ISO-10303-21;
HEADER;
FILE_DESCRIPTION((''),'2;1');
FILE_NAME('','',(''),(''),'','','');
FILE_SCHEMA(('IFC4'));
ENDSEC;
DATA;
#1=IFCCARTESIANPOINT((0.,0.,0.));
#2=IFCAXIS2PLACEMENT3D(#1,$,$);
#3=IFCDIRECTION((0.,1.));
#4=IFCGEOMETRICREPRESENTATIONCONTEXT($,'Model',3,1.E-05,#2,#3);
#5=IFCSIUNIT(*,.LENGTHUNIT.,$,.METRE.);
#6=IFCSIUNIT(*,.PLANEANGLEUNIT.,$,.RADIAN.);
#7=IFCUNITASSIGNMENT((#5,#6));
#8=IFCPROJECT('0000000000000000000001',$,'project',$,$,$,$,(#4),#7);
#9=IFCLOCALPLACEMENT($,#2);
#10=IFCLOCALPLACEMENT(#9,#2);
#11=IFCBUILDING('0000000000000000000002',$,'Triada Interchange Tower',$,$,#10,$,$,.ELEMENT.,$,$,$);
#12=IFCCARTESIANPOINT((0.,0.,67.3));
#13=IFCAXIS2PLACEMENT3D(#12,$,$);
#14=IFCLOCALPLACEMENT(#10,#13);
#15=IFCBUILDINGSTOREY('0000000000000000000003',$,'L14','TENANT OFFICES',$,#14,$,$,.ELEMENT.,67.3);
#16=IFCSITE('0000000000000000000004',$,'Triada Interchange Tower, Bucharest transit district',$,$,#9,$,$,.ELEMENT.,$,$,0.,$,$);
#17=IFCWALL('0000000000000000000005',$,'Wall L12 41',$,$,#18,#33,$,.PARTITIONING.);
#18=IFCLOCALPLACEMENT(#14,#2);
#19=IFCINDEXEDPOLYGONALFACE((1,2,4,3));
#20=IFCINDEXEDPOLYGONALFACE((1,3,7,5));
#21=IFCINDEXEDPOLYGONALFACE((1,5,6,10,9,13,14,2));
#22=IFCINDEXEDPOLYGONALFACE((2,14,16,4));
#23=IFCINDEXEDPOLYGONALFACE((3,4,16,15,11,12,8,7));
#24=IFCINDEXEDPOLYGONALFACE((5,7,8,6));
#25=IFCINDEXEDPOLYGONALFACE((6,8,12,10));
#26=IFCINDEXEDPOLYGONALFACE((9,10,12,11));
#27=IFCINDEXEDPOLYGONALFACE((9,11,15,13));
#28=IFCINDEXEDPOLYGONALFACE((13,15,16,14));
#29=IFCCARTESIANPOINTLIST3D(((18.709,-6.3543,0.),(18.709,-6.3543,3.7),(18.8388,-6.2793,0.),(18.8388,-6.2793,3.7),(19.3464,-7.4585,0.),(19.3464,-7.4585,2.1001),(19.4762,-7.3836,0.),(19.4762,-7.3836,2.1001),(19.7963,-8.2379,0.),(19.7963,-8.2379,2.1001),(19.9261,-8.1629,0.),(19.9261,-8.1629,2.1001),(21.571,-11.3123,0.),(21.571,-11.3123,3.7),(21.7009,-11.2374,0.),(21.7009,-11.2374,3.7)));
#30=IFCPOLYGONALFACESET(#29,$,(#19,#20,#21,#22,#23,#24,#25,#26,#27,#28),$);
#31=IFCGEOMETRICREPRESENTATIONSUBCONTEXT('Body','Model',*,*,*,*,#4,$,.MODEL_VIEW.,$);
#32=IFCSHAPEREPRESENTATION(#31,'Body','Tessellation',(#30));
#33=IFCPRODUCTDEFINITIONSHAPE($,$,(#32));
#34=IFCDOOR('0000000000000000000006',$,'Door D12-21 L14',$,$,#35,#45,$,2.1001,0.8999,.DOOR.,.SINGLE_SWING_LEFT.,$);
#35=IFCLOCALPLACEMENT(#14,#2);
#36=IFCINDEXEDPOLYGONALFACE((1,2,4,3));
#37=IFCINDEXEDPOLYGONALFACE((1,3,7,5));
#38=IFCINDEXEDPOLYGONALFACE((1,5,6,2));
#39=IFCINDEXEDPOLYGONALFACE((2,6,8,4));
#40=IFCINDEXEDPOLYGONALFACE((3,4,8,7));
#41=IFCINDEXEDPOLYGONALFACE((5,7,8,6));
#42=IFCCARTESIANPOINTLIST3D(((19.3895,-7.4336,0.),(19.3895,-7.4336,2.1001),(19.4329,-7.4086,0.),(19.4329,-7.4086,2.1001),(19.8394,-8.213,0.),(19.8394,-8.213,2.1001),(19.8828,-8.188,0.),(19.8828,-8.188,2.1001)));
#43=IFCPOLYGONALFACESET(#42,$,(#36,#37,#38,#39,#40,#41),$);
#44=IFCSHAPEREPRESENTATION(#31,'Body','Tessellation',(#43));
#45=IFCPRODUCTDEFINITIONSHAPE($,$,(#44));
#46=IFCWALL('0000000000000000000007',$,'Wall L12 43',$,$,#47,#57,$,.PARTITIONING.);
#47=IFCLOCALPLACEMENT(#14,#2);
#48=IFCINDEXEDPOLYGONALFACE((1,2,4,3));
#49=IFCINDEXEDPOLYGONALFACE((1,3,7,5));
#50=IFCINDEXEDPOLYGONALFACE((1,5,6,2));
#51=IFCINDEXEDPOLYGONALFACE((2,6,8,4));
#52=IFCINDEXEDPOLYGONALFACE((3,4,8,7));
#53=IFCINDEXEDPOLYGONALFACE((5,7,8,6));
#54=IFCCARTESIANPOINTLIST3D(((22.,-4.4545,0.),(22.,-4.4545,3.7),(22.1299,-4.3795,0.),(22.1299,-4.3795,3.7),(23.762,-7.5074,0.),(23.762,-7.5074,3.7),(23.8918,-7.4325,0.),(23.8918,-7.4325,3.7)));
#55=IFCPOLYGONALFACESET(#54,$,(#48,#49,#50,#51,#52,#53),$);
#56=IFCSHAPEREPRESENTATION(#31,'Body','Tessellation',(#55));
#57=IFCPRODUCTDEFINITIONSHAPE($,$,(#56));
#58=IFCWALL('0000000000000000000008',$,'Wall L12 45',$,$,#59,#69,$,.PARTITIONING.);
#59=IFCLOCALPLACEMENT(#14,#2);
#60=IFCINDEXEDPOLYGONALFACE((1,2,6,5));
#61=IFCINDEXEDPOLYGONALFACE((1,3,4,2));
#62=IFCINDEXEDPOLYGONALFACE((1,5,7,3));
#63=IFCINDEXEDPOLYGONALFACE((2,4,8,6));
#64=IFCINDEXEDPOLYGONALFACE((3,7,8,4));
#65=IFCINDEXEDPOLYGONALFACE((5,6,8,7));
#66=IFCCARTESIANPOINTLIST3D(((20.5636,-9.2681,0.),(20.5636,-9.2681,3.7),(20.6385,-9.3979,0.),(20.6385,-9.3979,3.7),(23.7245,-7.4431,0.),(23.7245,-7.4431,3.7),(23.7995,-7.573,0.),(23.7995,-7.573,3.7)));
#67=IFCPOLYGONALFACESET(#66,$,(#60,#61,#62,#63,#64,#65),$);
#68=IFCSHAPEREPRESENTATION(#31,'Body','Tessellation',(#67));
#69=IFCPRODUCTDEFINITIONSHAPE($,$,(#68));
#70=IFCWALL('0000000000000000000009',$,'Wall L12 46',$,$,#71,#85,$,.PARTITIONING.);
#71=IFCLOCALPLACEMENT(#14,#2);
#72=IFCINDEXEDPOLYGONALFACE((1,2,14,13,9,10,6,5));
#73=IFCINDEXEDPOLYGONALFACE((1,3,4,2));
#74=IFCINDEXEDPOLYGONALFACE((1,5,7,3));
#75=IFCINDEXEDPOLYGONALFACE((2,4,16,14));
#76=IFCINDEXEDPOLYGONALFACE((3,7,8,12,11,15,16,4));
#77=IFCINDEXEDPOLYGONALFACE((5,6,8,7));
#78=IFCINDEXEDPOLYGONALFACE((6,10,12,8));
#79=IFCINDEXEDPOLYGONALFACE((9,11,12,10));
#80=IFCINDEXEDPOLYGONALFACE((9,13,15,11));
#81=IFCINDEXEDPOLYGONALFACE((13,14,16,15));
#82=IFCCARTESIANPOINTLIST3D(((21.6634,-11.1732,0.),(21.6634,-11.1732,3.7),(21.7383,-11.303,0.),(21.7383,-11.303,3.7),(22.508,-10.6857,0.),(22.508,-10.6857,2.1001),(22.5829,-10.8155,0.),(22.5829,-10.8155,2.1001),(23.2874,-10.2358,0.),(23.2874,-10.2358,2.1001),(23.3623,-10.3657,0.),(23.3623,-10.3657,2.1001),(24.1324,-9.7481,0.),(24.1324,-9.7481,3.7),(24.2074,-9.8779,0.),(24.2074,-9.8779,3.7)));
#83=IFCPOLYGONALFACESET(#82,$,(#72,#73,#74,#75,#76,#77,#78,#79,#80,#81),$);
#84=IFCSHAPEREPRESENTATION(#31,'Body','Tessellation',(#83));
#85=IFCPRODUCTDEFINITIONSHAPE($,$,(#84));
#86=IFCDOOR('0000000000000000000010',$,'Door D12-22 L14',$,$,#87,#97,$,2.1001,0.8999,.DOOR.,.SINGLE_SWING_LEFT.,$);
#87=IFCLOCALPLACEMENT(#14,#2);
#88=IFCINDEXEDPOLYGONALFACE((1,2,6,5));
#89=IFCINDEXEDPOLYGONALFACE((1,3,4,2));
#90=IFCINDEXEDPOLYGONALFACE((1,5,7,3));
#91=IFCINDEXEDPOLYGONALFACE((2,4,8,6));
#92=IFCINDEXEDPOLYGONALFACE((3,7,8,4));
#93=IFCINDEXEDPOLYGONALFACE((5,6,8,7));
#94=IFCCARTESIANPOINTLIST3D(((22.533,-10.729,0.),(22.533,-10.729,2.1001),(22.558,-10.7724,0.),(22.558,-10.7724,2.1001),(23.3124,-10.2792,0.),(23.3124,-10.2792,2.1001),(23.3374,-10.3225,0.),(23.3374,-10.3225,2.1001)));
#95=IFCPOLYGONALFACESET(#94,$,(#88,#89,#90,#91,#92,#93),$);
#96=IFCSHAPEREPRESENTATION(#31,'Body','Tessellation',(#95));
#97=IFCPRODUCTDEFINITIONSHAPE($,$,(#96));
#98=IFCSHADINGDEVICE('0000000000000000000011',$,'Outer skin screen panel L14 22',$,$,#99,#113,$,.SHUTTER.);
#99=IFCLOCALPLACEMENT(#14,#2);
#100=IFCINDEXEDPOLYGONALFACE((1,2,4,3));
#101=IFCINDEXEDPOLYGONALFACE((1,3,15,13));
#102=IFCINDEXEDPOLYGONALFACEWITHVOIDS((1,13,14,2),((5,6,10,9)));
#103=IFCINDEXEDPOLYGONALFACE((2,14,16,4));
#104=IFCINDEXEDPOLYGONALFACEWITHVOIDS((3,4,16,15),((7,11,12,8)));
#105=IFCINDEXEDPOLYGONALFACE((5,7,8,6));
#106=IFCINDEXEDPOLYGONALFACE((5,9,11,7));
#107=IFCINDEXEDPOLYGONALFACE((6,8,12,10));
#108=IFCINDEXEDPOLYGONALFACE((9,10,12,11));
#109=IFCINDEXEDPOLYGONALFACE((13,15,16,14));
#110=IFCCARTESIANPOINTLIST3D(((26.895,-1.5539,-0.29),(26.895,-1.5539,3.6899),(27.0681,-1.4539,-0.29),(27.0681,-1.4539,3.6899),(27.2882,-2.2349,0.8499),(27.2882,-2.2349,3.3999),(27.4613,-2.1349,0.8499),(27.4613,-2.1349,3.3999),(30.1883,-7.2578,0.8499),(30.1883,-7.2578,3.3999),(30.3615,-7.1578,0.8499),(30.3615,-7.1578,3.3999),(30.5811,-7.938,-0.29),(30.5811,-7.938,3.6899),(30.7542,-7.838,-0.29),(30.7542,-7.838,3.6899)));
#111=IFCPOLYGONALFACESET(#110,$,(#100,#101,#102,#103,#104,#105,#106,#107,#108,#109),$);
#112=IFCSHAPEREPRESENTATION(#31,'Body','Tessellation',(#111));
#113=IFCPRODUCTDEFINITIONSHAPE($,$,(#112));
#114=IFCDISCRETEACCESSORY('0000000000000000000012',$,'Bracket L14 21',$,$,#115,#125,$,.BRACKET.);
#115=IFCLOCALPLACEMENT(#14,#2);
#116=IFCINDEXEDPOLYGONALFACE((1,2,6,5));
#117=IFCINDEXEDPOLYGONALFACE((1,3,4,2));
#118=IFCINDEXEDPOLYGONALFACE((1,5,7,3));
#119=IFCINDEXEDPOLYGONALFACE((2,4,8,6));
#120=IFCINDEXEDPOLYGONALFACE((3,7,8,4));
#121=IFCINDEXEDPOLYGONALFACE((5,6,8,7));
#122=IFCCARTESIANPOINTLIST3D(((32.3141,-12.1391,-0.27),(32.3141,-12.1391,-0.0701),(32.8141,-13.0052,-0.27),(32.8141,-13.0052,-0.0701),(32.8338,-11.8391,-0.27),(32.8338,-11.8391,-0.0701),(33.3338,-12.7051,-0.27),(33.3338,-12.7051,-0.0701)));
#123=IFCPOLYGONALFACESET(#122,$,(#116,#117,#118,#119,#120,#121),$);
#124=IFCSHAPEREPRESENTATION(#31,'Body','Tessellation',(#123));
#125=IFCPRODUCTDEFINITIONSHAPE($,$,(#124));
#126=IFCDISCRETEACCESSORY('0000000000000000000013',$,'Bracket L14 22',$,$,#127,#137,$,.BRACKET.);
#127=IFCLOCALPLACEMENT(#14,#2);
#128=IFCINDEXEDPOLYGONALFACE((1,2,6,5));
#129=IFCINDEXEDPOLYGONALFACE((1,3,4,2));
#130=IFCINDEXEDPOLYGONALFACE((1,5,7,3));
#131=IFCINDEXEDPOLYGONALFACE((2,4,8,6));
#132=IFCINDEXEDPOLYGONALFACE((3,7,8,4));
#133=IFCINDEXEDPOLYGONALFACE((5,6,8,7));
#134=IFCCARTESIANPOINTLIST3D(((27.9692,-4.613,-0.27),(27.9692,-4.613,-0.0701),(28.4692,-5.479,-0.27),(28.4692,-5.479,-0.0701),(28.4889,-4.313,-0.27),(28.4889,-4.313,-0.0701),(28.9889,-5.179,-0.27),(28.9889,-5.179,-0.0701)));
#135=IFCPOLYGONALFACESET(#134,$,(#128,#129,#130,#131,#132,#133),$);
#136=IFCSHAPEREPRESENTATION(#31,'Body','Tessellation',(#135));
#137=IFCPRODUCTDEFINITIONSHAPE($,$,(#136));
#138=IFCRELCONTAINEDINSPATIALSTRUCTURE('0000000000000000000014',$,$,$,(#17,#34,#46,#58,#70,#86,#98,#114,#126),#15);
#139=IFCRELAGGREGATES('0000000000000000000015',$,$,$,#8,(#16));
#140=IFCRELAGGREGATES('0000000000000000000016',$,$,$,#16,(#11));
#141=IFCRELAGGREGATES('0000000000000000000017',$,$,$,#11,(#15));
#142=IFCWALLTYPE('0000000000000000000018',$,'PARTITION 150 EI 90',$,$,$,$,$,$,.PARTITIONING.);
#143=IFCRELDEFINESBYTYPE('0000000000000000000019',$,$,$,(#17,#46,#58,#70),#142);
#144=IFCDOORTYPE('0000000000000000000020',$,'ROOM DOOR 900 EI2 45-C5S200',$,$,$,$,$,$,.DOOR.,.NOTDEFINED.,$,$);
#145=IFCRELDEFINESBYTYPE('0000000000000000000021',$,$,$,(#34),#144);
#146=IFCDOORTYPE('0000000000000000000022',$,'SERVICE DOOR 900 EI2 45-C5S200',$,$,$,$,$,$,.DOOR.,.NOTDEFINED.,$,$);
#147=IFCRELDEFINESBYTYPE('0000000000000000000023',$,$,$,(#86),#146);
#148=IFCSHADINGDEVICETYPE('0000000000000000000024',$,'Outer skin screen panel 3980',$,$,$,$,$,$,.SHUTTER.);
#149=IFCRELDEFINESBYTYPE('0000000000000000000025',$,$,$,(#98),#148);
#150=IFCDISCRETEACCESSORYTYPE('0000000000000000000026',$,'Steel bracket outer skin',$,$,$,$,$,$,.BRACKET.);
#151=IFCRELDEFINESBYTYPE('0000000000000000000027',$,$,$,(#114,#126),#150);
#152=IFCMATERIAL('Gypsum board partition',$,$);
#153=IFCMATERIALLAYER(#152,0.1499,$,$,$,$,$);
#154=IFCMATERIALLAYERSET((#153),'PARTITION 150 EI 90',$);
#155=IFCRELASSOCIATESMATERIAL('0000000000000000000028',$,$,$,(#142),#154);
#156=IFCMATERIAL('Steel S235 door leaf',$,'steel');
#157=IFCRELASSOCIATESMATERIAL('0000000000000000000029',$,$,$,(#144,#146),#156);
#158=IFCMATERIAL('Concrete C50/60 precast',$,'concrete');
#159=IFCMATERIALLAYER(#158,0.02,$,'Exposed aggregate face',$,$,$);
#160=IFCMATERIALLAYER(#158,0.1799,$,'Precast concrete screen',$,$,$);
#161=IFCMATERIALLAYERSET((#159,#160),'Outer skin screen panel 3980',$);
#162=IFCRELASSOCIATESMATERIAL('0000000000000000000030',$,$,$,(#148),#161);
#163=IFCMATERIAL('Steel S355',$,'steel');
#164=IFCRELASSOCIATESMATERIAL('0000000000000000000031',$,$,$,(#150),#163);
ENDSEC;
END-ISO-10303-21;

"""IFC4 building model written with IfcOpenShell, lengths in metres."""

from ifc_helpers import new_model, si_unit, direction, frame, frame_2d, origin, origin_2d, place, context, subcontext, project, spatial, polyline, rectangle, outline, extrude, material, layer, layer_set, type_object, element, fill, save


model = new_model("IFC4")

# Units and contexts
model_context = context("Model", 3, precision=1e-05, world=origin(), true_north=direction((0.0, 1.0)))
body_context = subcontext(model_context, "Body", "Model", "MODEL_VIEW")
ifc_project = project(units=[si_unit("LENGTHUNIT", "METRE"), si_unit("PLANEANGLEUNIT", "RADIAN")], contexts=[model_context])

# Site, building, storey
site_placement = place(None, origin())
site = spatial("IfcSite", under=ifc_project, at=site_placement, Name="Triada Interchange Tower, Bucharest transit district", CompositionType="ELEMENT", RefElevation=0.0)
building_placement = place(site_placement, origin())
building = spatial("IfcBuilding", under=site, at=building_placement, Name="Triada Interchange Tower", CompositionType="ELEMENT")
storey_placement = place(building_placement, frame((0.0, 0.0, 67.3)))
storey = spatial("IfcBuildingStorey", under=building, at=storey_placement, Name="L14", Description="TENANT OFFICES", CompositionType="ELEMENT", Elevation=67.3)

# Shared definitions
ifc_material_1 = material(Name="Gypsum board partition")
ifc_layer_1 = layer(ifc_material_1, 0.1499)
ifc_layer_set_1 = layer_set([ifc_layer_1], Name="PARTITION 150 EI 90")
wall_type_1 = type_object("IfcWallType", Name="PARTITION 150 EI 90", PredefinedType="PARTITIONING", material=ifc_layer_set_1)

# Wall, opening, door
wall_1_placement = place(storey_placement, frame((18.7739, -6.3169, 0.0), z_axis=(0.0, 0.0, 1.0), x_axis=(0.499941, -0.866059, 0.0)))
wall_1 = element("IfcWall", 1, at=wall_1_placement, inside=storey, type_object=wall_type_1, Name="Wall L12 41", PredefinedType="PARTITIONING", context=body_context, shape_type="SweptSolid", body=[
    extrude(rectangle(XDim=5.7249, YDim=0.1499, at=frame_2d((2.8623, 0.0))), origin(), (0.0, 0.0, 1.0), 3.7),
])
opening_1_placement = place(wall_1_placement, frame((1.2749, 0.0, 0.0)))
opening_1 = element("IfcOpeningElement", 2, at=opening_1_placement, cuts=wall_1, PredefinedType="OPENING", context=body_context, shape_type="SweptSolid", body=[
    extrude(rectangle(XDim=0.8999, YDim=2.1001, at=frame_2d((0.45, 1.05))), frame((0.0, 0.085, 0.0), z_axis=(0.0, -1.0, 0.0), x_axis=(1.0, 0.0, 0.0)), (0.0, 0.0, 1.0), 0.1699),
])
ifc_material_2 = material(Name="Steel S235 door leaf", Category="steel")
door_type_1 = type_object("IfcDoorType", Name="ROOM DOOR 900 EI2 45-C5S200", OperationType="NOTDEFINED", PredefinedType="DOOR", material=ifc_material_2)
door_1_placement = place(opening_1_placement, origin())
door_1 = element("IfcDoor", 3, at=door_1_placement, inside=storey, type_object=door_type_1, Name="Door D12-21 L14", OperationType="SINGLE_SWING_LEFT", OverallHeight=2.1001, OverallWidth=0.8999, PredefinedType="DOOR", context=body_context, shape_type="SweptSolid", body=[
    extrude(rectangle(XDim=0.8999, YDim=2.1001, at=frame_2d((0.45, 1.05))), frame((0.0, 0.0249, 0.0), z_axis=(0.0, -1.0, 0.0), x_axis=(1.0, 0.0, 0.0)), (0.0, 0.0, 1.0), 0.05),
])
fill(opening_1, door_1)

# Walls
wall_2_placement = place(storey_placement, frame((22.0649, -4.417, 0.0), z_axis=(0.0, 0.0, 1.0), x_axis=(0.499856, -0.866108, 0.0)))
element("IfcWall", 4, at=wall_2_placement, inside=storey, type_object=wall_type_1, Name="Wall L12 43", PredefinedType="PARTITIONING", context=body_context, shape_type="SweptSolid", body=[
    extrude(rectangle(XDim=3.5249, YDim=0.1499, at=frame_2d((1.7625, 0.0))), origin(), (0.0, 0.0, 1.0), 3.7),
])
wall_3_placement = place(storey_placement, frame((20.6011, -9.333, 0.0), z_axis=(0.0, 0.0, 1.0), x_axis=(0.866024, 0.500002, 0.0)))
element("IfcWall", 5, at=wall_3_placement, inside=storey, type_object=wall_type_1, Name="Wall L12 45", PredefinedType="PARTITIONING", context=body_context, shape_type="SweptSolid", body=[
    extrude(rectangle(XDim=3.6499, YDim=0.1499, at=frame_2d((1.825, 0.0))), origin(), (0.0, 0.0, 1.0), 3.7),
])

# Wall, opening, door
wall_4_placement = place(storey_placement, frame((21.7009, -11.238, 0.0), z_axis=(0.0, 0.0, 1.0), x_axis=(0.86609, 0.499888, 0.0)))
wall_4 = element("IfcWall", 6, at=wall_4_placement, inside=storey, type_object=wall_type_1, Name="Wall L12 46", PredefinedType="PARTITIONING", context=body_context, shape_type="SweptSolid", body=[
    extrude(rectangle(XDim=2.8508, YDim=0.1499, at=frame_2d((1.4253, 0.0))), origin(), (0.0, 0.0, 1.0), 3.7),
])
opening_2_placement = place(wall_4_placement, frame((0.9751, 0.0, 0.0)))
opening_2 = element("IfcOpeningElement", 7, at=opening_2_placement, cuts=wall_4, PredefinedType="OPENING", context=body_context, shape_type="SweptSolid", body=[
    extrude(rectangle(XDim=0.8999, YDim=2.1001, at=frame_2d((0.45, 1.05))), frame((0.0, 0.085, 0.0), z_axis=(0.0, -1.0, 0.0), x_axis=(1.0, 0.0, 0.0)), (0.0, 0.0, 1.0), 0.1699),
])
door_type_2 = type_object("IfcDoorType", Name="SERVICE DOOR 900 EI2 45-C5S200", OperationType="NOTDEFINED", PredefinedType="DOOR", material=ifc_material_2)
door_2_placement = place(opening_2_placement, origin())
door_2 = element("IfcDoor", 8, at=door_2_placement, inside=storey, type_object=door_type_2, Name="Door D12-22 L14", OperationType="SINGLE_SWING_LEFT", OverallHeight=2.1001, OverallWidth=0.8999, PredefinedType="DOOR", context=body_context, shape_type="SweptSolid", body=[
    extrude(rectangle(XDim=0.8999, YDim=2.1001, at=frame_2d((0.45, 1.05))), frame((0.0, 0.0249, 0.0), z_axis=(0.0, -1.0, 0.0), x_axis=(1.0, 0.0, 0.0)), (0.0, 0.0, 1.0), 0.05),
])
fill(opening_2, door_2)

# Shading device
ifc_material_3 = material(Name="Concrete C50/60 precast", Category="concrete")
ifc_layer_2 = layer(ifc_material_3, 0.02, Name="Exposed aggregate face")
ifc_layer_3 = layer(ifc_material_3, 0.1799, Name="Precast concrete screen")
ifc_layer_set_2 = layer_set([ifc_layer_2, ifc_layer_3], Name="Outer skin screen panel 3980")
shading_device_type = type_object("IfcShadingDeviceType", Name="Outer skin screen panel 3980", PredefinedType="SHUTTER", material=ifc_layer_set_2)
shading_device_placement = place(storey_placement, frame((30.5811, -7.938, -0.29), z_axis=(0.0, 0.0, 1.0), x_axis=(-0.500022, 0.866013, 0.0)))
element("IfcShadingDevice", 9, at=shading_device_placement, inside=storey, type_object=shading_device_type, Name="Outer skin screen panel L14 22", PredefinedType="SHUTTER", context=body_context, shape_type="SweptSolid", body=[
    extrude(outline(polyline([(0.0, 0.0), (7.3718, 0.0), (7.3718, 3.98), (0.0, 3.98), (0.0, 0.0)]), holes=[polyline([(0.7854, 1.1399), (0.7854, 3.6899), (6.5854, 3.6899), (6.5854, 1.1399), (0.7854, 1.1399)])]), frame((0.0, 0.0, 0.0), z_axis=(0.0, -1.0, 0.0), x_axis=(1.0, 0.0, 0.0)), (0.0, 0.0, 1.0), 0.2),
])

# Discrete accessories
ifc_material_4 = material(Name="Steel S355", Category="steel")
discrete_accessory_type = type_object("IfcDiscreteAccessoryType", Name="Steel bracket outer skin", PredefinedType="BRACKET", material=ifc_material_4)
for number, where, z_axis, x_axis, name in (
    (10, (32.824, -12.4221, -0.27), (0.0, 0.0, 1.0), (0.866022, 0.500006, 0.0), "Bracket L14 21"),
    (11, (28.479, -4.896, -0.27), (0.0, 0.0, 1.0), (0.866022, 0.500006, 0.0), "Bracket L14 22"),
):
    element("IfcDiscreteAccessory", number, at=place(storey_placement, frame(where, z_axis=z_axis, x_axis=x_axis)), inside=storey, type_object=discrete_accessory_type, Name=name, PredefinedType="BRACKET", context=body_context, shape_type="SweptSolid", body=[
        extrude(rectangle(XDim=0.6001, YDim=1.0, at=origin_2d()), origin(), (0.0, 0.0, 1.0), 0.2),
    ])

save(model, "model.ifc")
